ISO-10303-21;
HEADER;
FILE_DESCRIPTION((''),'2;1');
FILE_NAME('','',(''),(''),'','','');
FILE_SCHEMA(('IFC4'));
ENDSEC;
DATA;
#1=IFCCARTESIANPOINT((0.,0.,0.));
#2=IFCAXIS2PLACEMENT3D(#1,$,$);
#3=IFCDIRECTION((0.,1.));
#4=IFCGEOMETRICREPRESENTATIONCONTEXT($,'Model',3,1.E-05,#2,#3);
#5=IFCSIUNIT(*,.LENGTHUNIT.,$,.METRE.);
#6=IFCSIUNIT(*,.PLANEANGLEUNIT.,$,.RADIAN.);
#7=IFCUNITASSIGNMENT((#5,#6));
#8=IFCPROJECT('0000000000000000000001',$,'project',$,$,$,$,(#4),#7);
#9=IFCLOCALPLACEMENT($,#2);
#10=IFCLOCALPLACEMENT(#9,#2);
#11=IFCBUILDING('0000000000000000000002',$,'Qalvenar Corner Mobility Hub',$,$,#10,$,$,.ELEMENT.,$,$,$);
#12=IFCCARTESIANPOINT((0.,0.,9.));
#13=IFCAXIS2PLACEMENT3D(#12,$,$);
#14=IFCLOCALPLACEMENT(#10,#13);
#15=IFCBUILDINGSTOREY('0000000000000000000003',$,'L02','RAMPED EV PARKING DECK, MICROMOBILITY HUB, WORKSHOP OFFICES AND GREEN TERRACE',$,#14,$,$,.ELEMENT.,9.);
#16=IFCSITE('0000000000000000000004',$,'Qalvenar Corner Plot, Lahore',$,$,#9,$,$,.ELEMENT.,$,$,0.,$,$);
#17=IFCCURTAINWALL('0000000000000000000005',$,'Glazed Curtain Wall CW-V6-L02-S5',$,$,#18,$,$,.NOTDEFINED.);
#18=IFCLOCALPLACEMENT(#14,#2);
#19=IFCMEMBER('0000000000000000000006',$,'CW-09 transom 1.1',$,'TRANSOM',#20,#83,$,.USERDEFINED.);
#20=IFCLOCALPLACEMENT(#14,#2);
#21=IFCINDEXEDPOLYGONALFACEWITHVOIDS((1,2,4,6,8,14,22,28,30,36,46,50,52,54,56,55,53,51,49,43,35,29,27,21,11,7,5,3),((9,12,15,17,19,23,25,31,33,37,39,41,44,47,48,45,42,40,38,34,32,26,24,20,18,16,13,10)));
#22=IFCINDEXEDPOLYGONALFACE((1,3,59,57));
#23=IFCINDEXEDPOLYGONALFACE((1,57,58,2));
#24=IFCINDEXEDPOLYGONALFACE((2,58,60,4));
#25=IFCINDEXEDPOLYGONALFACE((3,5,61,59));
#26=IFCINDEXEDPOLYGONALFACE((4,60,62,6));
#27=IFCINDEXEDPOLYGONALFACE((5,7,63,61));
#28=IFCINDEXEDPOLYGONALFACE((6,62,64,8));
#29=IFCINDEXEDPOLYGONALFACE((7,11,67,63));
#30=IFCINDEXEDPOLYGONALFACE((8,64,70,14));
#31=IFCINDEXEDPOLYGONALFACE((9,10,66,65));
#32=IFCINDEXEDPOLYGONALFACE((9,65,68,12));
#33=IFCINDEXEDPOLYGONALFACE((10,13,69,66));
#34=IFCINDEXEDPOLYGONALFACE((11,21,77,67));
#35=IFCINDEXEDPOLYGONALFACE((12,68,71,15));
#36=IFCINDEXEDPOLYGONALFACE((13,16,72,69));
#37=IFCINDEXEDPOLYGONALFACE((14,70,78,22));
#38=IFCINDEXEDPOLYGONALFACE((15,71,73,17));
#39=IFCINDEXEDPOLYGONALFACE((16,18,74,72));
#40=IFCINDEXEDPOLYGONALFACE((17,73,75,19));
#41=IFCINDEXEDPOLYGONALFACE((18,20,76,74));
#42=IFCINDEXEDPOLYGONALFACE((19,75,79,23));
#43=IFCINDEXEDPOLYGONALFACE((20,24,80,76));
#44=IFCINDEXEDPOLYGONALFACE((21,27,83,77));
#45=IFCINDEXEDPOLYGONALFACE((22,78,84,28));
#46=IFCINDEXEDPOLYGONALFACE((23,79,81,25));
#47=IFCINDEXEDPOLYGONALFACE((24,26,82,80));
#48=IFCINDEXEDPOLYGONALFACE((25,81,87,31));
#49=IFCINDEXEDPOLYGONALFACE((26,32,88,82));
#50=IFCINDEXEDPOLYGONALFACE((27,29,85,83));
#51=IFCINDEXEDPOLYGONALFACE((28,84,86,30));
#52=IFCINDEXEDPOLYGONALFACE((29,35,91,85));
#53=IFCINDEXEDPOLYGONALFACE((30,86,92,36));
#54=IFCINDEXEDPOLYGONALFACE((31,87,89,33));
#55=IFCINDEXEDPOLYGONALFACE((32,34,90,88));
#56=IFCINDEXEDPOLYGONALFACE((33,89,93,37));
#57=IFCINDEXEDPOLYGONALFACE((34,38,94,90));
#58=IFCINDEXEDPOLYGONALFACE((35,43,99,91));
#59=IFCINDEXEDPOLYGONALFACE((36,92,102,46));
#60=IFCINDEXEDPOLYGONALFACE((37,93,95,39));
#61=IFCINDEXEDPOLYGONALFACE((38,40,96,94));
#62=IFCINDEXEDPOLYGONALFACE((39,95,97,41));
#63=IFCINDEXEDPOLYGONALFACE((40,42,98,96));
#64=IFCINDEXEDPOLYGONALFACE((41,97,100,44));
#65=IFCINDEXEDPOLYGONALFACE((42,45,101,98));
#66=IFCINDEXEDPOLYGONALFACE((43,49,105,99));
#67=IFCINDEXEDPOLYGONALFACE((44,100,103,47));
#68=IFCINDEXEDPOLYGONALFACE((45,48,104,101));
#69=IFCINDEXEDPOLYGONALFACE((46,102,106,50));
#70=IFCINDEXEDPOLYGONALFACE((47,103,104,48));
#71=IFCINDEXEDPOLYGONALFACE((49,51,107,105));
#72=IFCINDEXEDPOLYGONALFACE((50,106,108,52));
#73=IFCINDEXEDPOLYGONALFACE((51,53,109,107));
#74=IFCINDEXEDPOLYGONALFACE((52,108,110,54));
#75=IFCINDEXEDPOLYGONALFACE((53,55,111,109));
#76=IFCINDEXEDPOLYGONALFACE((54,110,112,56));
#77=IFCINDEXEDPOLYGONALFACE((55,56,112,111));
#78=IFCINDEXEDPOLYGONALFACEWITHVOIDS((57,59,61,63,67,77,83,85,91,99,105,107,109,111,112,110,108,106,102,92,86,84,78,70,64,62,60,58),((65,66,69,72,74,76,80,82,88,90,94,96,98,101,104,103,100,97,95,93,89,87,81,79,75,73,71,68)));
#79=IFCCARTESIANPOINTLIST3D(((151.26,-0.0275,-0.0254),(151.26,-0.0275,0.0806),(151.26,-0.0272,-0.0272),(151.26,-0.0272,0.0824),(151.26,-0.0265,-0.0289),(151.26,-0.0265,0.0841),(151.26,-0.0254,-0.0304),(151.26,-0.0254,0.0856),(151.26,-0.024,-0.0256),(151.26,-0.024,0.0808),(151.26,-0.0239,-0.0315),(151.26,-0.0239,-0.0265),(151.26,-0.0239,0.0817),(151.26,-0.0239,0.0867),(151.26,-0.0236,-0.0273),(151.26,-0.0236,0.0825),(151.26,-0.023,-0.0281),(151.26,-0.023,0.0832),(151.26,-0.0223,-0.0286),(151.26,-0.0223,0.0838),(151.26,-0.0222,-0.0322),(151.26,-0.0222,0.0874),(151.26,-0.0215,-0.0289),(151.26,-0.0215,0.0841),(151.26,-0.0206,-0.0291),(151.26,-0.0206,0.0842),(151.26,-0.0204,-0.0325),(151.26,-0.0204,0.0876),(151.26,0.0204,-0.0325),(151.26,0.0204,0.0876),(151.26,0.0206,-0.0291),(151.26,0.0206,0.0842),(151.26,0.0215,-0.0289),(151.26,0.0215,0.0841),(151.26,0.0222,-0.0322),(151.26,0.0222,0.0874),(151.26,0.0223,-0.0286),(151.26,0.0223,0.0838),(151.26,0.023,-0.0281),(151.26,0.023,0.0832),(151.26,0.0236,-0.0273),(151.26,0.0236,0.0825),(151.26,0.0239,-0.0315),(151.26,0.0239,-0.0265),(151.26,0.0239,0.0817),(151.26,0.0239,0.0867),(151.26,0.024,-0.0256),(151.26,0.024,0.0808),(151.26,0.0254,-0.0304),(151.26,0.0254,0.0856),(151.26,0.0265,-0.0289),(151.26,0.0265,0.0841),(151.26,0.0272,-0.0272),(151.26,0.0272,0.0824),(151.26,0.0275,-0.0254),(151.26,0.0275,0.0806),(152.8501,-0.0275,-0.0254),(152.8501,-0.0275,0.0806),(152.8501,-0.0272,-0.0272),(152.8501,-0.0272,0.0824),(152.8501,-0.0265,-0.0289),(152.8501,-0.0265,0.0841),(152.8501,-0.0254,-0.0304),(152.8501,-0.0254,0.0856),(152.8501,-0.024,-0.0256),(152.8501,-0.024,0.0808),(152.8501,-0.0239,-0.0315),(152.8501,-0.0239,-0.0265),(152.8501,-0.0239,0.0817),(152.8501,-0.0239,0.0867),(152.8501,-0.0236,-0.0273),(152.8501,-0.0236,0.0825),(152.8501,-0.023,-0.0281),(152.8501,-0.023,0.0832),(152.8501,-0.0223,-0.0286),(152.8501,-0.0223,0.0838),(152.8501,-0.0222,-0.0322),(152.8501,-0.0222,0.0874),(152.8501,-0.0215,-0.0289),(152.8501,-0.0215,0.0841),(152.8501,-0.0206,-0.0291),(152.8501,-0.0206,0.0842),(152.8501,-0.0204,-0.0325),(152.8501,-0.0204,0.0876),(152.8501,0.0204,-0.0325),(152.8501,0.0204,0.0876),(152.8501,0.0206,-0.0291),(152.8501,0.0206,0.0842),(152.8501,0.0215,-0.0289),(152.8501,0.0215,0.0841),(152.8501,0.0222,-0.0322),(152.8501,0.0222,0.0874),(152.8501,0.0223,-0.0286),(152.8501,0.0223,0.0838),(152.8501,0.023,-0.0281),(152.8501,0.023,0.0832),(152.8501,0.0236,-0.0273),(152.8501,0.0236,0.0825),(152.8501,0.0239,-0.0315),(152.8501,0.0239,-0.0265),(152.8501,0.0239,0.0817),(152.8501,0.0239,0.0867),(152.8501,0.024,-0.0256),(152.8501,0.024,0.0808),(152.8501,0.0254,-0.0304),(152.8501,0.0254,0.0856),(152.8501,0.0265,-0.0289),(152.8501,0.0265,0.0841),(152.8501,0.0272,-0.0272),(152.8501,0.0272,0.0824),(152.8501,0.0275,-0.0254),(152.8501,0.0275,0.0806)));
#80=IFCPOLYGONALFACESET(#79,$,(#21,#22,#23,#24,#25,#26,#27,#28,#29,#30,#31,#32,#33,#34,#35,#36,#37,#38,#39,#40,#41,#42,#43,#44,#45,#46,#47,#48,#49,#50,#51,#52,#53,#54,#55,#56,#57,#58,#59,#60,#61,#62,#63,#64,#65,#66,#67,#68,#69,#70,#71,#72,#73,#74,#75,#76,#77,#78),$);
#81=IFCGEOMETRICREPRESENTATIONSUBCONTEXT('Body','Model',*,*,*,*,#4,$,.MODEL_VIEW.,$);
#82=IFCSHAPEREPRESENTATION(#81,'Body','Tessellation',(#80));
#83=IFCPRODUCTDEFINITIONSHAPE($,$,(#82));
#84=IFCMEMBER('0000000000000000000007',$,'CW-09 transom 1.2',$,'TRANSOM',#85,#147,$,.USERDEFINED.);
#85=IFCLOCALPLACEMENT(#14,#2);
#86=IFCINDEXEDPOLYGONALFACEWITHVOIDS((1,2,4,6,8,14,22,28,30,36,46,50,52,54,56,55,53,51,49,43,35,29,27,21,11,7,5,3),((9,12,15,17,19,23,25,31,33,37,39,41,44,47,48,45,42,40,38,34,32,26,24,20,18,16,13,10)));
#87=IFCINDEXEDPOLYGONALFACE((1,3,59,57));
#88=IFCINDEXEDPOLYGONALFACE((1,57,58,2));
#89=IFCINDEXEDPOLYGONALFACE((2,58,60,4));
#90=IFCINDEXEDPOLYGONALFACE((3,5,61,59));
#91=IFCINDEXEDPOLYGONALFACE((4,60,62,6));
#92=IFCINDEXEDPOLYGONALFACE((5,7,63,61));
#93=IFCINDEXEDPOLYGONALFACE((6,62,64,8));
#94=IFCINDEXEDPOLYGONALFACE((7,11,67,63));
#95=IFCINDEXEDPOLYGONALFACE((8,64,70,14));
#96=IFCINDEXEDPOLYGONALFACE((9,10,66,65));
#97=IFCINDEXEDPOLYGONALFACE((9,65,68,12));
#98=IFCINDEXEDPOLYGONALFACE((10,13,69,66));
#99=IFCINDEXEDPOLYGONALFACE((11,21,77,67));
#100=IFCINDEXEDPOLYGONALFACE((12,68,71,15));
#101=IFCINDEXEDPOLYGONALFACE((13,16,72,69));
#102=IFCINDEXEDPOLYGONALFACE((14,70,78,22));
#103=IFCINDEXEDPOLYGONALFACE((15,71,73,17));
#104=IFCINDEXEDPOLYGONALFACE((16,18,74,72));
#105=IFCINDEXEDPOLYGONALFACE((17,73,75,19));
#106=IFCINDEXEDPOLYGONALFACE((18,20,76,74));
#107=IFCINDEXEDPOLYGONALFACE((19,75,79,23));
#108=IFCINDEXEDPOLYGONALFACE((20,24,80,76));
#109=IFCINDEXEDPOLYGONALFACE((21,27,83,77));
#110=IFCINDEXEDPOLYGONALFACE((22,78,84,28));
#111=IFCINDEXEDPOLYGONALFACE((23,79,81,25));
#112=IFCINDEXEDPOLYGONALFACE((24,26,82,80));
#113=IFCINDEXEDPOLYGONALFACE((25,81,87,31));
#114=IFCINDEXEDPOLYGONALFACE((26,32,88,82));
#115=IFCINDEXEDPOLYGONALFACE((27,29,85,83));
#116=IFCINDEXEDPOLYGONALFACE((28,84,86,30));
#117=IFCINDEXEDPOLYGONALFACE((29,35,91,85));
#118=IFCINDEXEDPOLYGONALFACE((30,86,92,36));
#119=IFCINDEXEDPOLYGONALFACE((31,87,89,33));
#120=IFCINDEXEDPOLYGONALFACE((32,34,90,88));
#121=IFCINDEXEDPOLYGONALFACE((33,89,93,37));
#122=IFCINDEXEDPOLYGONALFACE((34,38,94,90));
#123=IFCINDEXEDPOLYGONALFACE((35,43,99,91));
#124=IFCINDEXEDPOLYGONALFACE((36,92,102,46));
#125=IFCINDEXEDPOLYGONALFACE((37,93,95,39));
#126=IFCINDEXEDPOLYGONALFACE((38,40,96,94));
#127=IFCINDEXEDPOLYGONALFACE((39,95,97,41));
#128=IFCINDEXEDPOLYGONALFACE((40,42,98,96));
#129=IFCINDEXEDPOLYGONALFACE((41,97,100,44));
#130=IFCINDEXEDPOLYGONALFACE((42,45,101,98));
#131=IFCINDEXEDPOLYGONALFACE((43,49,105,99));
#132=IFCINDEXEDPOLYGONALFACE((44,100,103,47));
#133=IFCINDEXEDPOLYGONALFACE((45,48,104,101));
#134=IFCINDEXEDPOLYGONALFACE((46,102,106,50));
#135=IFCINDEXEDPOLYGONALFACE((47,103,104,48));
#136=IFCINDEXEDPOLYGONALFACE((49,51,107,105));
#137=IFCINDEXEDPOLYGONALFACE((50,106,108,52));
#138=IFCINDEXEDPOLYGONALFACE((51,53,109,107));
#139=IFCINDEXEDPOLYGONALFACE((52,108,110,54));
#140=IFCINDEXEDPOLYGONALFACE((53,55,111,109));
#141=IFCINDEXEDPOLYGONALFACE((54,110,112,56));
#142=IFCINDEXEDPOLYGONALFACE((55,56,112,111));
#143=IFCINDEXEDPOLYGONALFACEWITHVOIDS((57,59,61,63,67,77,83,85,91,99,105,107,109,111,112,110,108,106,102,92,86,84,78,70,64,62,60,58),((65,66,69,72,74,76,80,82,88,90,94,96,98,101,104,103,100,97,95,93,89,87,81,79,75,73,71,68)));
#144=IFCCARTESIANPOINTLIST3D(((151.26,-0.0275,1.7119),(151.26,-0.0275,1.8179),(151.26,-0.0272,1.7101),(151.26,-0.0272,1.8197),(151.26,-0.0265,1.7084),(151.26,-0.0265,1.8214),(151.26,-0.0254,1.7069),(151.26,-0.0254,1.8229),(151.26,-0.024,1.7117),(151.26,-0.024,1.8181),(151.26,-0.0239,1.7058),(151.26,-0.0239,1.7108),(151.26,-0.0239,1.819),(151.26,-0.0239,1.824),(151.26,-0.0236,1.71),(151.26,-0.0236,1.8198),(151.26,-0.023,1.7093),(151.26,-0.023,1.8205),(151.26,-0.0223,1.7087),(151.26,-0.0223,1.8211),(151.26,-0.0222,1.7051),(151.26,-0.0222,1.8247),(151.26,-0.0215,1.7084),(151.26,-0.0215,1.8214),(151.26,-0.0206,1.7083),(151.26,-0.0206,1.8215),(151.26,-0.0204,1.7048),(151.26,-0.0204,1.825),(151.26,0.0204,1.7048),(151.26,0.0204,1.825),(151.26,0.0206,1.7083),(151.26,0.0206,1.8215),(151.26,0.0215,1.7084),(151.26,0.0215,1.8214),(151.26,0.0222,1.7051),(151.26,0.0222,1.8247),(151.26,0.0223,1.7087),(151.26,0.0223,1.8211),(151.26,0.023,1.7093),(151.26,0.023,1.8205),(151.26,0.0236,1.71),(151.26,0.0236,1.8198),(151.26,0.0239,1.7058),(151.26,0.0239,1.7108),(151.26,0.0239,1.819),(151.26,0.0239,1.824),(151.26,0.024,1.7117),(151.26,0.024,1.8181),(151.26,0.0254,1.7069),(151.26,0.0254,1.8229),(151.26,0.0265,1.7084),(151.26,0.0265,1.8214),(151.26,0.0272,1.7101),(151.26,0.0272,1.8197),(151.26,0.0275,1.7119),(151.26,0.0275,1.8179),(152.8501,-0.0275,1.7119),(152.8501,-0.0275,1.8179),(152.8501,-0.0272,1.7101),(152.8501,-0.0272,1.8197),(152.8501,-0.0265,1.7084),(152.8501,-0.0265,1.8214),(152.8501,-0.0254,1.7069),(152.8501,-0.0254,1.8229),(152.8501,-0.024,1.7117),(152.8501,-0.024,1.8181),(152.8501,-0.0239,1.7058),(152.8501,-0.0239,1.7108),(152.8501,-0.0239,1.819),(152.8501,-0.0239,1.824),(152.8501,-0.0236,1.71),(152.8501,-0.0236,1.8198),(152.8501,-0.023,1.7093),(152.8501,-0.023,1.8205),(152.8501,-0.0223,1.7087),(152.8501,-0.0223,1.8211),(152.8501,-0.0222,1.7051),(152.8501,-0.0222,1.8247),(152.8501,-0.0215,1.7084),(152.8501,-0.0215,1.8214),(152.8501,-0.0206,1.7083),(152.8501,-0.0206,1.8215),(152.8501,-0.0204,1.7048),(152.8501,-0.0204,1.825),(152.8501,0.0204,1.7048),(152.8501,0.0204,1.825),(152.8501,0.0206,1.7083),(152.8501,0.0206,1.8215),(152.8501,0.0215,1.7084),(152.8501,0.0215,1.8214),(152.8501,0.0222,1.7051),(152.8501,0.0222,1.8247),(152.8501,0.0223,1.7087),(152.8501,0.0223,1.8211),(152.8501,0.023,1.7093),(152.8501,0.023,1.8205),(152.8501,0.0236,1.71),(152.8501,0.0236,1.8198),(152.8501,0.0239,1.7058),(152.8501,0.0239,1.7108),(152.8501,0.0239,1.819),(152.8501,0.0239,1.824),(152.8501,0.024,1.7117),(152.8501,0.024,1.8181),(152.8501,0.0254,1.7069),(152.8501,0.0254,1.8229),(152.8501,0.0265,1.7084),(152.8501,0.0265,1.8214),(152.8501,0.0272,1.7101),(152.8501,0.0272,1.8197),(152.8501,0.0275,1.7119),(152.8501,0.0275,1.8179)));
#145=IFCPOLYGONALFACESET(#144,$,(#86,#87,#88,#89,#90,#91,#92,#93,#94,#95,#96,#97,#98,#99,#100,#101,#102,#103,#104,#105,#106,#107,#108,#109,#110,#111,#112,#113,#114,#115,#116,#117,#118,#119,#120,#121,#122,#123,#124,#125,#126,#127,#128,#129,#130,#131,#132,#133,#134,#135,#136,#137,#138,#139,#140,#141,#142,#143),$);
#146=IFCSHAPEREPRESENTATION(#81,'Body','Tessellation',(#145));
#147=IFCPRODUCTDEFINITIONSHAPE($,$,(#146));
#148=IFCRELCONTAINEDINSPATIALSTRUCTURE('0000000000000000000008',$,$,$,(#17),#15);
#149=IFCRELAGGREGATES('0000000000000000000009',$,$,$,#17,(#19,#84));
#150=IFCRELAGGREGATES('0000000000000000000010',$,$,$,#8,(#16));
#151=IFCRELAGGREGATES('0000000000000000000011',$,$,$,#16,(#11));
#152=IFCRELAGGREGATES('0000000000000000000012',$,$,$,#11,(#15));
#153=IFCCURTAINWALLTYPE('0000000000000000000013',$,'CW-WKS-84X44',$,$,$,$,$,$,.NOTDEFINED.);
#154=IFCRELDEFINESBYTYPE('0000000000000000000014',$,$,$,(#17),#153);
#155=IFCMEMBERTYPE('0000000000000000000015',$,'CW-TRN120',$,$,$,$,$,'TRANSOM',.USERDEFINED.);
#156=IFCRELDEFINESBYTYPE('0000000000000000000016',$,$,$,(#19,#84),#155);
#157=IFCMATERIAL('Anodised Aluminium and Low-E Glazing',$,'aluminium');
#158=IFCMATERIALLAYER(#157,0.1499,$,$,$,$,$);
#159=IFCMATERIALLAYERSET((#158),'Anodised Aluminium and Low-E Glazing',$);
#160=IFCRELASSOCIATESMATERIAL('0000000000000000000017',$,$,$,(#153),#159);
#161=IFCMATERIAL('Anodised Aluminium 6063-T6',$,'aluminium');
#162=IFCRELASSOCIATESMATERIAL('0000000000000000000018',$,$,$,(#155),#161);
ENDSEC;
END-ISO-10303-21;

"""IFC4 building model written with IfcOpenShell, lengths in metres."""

from ifc_helpers import new_model, si_unit, direction, frame, origin, origin_2d, place, context, subcontext, project, spatial, hollow_rectangle, extrude, material, layer, layer_set, material_profile, profile_set, type_object, element, aggregate, save


model = new_model("IFC4")

# Units and contexts
model_context = context("Model", 3, precision=1e-05, world=origin(), true_north=direction((0.0, 1.0)))
body_context = subcontext(model_context, "Body", "Model", "MODEL_VIEW")
ifc_project = project(units=[si_unit("LENGTHUNIT", "METRE"), si_unit("PLANEANGLEUNIT", "RADIAN")], contexts=[model_context])

# Site, building, storey
site_placement = place(None, origin())
site = spatial("IfcSite", under=ifc_project, at=site_placement, Name="Qalvenar Corner Plot, Lahore", CompositionType="ELEMENT", RefElevation=0.0)
building_placement = place(site_placement, origin())
building = spatial("IfcBuilding", under=site, at=building_placement, Name="Qalvenar Corner Mobility Hub", CompositionType="ELEMENT")
storey_placement = place(building_placement, frame((0.0, 0.0, 9.0)))
storey = spatial("IfcBuildingStorey", under=building, at=storey_placement, Name="L02", Description="RAMPED EV PARKING DECK, MICROMOBILITY HUB, WORKSHOP OFFICES AND GREEN TERRACE", CompositionType="ELEMENT", Elevation=9.0)

# Curtain wall, members
ifc_material_1 = material(Name="Anodised Aluminium and Low-E Glazing", Category="aluminium")
ifc_layer_1 = layer(ifc_material_1, 0.1499)
ifc_layer_set_1 = layer_set([ifc_layer_1], Name="Anodised Aluminium and Low-E Glazing")
curtain_wall_type = type_object("IfcCurtainWallType", Name="CW-WKS-84X44", PredefinedType="NOTDEFINED", material=ifc_layer_set_1)
curtain_wall_placement = place(storey_placement, origin())
curtain_wall = element("IfcCurtainWall", 1, at=curtain_wall_placement, inside=storey, type_object=curtain_wall_type, Name="Glazed Curtain Wall CW-V6-L02-S5", PredefinedType="NOTDEFINED")
ifc_material_2 = material(Name="Anodised Aluminium 6063-T6", Category="aluminium")
ifc_material_profile_1 = material_profile(ifc_material_2, hollow_rectangle(XDim=0.0549, YDim=0.1201, WallThickness=0.0034, InnerFilletRadius=0.0034, OuterFilletRadius=0.0071, at=origin_2d()), Name="RHS120x55x3.5")
ifc_profile_set_1 = profile_set([ifc_material_profile_1], Name="Anodised Aluminium 6063-T6")
member_type_1 = type_object("IfcMemberType", Name="CW-TRN120", ElementType="TRANSOM", PredefinedType="USERDEFINED", material=ifc_profile_set_1)
member_1_placement = place(storey_placement, frame((151.26, 0.0, 0.0276), z_axis=(1.0, 0.0, 0.0), x_axis=(0.0, 1.0, 0.0)))
member_1 = element("IfcMember", 2, at=member_1_placement, type_object=member_type_1, Name="CW-09 transom 1.1", ObjectType="TRANSOM", PredefinedType="USERDEFINED", context=body_context, shape_type="SweptSolid", body=[
    extrude(hollow_rectangle(XDim=0.0549, YDim=0.1201, WallThickness=0.0034, InnerFilletRadius=0.0034, OuterFilletRadius=0.0071, at=origin_2d()), origin(), (0.0, 0.0, 1.0), 1.5901),
])
member_2_placement = place(storey_placement, frame((151.26, 0.0, 1.7649), z_axis=(1.0, 0.0, 0.0), x_axis=(0.0, 1.0, 0.0)))
member_2 = element("IfcMember", 3, at=member_2_placement, type_object=member_type_1, Name="CW-09 transom 1.2", ObjectType="TRANSOM", PredefinedType="USERDEFINED", context=body_context, shape_type="SweptSolid", body=[
    extrude(hollow_rectangle(XDim=0.0549, YDim=0.1201, WallThickness=0.0034, InnerFilletRadius=0.0034, OuterFilletRadius=0.0071, at=origin_2d()), origin(), (0.0, 0.0, 1.0), 1.5901),
])
aggregate(curtain_wall, [member_1, member_2])

save(model, "model.ifc")
